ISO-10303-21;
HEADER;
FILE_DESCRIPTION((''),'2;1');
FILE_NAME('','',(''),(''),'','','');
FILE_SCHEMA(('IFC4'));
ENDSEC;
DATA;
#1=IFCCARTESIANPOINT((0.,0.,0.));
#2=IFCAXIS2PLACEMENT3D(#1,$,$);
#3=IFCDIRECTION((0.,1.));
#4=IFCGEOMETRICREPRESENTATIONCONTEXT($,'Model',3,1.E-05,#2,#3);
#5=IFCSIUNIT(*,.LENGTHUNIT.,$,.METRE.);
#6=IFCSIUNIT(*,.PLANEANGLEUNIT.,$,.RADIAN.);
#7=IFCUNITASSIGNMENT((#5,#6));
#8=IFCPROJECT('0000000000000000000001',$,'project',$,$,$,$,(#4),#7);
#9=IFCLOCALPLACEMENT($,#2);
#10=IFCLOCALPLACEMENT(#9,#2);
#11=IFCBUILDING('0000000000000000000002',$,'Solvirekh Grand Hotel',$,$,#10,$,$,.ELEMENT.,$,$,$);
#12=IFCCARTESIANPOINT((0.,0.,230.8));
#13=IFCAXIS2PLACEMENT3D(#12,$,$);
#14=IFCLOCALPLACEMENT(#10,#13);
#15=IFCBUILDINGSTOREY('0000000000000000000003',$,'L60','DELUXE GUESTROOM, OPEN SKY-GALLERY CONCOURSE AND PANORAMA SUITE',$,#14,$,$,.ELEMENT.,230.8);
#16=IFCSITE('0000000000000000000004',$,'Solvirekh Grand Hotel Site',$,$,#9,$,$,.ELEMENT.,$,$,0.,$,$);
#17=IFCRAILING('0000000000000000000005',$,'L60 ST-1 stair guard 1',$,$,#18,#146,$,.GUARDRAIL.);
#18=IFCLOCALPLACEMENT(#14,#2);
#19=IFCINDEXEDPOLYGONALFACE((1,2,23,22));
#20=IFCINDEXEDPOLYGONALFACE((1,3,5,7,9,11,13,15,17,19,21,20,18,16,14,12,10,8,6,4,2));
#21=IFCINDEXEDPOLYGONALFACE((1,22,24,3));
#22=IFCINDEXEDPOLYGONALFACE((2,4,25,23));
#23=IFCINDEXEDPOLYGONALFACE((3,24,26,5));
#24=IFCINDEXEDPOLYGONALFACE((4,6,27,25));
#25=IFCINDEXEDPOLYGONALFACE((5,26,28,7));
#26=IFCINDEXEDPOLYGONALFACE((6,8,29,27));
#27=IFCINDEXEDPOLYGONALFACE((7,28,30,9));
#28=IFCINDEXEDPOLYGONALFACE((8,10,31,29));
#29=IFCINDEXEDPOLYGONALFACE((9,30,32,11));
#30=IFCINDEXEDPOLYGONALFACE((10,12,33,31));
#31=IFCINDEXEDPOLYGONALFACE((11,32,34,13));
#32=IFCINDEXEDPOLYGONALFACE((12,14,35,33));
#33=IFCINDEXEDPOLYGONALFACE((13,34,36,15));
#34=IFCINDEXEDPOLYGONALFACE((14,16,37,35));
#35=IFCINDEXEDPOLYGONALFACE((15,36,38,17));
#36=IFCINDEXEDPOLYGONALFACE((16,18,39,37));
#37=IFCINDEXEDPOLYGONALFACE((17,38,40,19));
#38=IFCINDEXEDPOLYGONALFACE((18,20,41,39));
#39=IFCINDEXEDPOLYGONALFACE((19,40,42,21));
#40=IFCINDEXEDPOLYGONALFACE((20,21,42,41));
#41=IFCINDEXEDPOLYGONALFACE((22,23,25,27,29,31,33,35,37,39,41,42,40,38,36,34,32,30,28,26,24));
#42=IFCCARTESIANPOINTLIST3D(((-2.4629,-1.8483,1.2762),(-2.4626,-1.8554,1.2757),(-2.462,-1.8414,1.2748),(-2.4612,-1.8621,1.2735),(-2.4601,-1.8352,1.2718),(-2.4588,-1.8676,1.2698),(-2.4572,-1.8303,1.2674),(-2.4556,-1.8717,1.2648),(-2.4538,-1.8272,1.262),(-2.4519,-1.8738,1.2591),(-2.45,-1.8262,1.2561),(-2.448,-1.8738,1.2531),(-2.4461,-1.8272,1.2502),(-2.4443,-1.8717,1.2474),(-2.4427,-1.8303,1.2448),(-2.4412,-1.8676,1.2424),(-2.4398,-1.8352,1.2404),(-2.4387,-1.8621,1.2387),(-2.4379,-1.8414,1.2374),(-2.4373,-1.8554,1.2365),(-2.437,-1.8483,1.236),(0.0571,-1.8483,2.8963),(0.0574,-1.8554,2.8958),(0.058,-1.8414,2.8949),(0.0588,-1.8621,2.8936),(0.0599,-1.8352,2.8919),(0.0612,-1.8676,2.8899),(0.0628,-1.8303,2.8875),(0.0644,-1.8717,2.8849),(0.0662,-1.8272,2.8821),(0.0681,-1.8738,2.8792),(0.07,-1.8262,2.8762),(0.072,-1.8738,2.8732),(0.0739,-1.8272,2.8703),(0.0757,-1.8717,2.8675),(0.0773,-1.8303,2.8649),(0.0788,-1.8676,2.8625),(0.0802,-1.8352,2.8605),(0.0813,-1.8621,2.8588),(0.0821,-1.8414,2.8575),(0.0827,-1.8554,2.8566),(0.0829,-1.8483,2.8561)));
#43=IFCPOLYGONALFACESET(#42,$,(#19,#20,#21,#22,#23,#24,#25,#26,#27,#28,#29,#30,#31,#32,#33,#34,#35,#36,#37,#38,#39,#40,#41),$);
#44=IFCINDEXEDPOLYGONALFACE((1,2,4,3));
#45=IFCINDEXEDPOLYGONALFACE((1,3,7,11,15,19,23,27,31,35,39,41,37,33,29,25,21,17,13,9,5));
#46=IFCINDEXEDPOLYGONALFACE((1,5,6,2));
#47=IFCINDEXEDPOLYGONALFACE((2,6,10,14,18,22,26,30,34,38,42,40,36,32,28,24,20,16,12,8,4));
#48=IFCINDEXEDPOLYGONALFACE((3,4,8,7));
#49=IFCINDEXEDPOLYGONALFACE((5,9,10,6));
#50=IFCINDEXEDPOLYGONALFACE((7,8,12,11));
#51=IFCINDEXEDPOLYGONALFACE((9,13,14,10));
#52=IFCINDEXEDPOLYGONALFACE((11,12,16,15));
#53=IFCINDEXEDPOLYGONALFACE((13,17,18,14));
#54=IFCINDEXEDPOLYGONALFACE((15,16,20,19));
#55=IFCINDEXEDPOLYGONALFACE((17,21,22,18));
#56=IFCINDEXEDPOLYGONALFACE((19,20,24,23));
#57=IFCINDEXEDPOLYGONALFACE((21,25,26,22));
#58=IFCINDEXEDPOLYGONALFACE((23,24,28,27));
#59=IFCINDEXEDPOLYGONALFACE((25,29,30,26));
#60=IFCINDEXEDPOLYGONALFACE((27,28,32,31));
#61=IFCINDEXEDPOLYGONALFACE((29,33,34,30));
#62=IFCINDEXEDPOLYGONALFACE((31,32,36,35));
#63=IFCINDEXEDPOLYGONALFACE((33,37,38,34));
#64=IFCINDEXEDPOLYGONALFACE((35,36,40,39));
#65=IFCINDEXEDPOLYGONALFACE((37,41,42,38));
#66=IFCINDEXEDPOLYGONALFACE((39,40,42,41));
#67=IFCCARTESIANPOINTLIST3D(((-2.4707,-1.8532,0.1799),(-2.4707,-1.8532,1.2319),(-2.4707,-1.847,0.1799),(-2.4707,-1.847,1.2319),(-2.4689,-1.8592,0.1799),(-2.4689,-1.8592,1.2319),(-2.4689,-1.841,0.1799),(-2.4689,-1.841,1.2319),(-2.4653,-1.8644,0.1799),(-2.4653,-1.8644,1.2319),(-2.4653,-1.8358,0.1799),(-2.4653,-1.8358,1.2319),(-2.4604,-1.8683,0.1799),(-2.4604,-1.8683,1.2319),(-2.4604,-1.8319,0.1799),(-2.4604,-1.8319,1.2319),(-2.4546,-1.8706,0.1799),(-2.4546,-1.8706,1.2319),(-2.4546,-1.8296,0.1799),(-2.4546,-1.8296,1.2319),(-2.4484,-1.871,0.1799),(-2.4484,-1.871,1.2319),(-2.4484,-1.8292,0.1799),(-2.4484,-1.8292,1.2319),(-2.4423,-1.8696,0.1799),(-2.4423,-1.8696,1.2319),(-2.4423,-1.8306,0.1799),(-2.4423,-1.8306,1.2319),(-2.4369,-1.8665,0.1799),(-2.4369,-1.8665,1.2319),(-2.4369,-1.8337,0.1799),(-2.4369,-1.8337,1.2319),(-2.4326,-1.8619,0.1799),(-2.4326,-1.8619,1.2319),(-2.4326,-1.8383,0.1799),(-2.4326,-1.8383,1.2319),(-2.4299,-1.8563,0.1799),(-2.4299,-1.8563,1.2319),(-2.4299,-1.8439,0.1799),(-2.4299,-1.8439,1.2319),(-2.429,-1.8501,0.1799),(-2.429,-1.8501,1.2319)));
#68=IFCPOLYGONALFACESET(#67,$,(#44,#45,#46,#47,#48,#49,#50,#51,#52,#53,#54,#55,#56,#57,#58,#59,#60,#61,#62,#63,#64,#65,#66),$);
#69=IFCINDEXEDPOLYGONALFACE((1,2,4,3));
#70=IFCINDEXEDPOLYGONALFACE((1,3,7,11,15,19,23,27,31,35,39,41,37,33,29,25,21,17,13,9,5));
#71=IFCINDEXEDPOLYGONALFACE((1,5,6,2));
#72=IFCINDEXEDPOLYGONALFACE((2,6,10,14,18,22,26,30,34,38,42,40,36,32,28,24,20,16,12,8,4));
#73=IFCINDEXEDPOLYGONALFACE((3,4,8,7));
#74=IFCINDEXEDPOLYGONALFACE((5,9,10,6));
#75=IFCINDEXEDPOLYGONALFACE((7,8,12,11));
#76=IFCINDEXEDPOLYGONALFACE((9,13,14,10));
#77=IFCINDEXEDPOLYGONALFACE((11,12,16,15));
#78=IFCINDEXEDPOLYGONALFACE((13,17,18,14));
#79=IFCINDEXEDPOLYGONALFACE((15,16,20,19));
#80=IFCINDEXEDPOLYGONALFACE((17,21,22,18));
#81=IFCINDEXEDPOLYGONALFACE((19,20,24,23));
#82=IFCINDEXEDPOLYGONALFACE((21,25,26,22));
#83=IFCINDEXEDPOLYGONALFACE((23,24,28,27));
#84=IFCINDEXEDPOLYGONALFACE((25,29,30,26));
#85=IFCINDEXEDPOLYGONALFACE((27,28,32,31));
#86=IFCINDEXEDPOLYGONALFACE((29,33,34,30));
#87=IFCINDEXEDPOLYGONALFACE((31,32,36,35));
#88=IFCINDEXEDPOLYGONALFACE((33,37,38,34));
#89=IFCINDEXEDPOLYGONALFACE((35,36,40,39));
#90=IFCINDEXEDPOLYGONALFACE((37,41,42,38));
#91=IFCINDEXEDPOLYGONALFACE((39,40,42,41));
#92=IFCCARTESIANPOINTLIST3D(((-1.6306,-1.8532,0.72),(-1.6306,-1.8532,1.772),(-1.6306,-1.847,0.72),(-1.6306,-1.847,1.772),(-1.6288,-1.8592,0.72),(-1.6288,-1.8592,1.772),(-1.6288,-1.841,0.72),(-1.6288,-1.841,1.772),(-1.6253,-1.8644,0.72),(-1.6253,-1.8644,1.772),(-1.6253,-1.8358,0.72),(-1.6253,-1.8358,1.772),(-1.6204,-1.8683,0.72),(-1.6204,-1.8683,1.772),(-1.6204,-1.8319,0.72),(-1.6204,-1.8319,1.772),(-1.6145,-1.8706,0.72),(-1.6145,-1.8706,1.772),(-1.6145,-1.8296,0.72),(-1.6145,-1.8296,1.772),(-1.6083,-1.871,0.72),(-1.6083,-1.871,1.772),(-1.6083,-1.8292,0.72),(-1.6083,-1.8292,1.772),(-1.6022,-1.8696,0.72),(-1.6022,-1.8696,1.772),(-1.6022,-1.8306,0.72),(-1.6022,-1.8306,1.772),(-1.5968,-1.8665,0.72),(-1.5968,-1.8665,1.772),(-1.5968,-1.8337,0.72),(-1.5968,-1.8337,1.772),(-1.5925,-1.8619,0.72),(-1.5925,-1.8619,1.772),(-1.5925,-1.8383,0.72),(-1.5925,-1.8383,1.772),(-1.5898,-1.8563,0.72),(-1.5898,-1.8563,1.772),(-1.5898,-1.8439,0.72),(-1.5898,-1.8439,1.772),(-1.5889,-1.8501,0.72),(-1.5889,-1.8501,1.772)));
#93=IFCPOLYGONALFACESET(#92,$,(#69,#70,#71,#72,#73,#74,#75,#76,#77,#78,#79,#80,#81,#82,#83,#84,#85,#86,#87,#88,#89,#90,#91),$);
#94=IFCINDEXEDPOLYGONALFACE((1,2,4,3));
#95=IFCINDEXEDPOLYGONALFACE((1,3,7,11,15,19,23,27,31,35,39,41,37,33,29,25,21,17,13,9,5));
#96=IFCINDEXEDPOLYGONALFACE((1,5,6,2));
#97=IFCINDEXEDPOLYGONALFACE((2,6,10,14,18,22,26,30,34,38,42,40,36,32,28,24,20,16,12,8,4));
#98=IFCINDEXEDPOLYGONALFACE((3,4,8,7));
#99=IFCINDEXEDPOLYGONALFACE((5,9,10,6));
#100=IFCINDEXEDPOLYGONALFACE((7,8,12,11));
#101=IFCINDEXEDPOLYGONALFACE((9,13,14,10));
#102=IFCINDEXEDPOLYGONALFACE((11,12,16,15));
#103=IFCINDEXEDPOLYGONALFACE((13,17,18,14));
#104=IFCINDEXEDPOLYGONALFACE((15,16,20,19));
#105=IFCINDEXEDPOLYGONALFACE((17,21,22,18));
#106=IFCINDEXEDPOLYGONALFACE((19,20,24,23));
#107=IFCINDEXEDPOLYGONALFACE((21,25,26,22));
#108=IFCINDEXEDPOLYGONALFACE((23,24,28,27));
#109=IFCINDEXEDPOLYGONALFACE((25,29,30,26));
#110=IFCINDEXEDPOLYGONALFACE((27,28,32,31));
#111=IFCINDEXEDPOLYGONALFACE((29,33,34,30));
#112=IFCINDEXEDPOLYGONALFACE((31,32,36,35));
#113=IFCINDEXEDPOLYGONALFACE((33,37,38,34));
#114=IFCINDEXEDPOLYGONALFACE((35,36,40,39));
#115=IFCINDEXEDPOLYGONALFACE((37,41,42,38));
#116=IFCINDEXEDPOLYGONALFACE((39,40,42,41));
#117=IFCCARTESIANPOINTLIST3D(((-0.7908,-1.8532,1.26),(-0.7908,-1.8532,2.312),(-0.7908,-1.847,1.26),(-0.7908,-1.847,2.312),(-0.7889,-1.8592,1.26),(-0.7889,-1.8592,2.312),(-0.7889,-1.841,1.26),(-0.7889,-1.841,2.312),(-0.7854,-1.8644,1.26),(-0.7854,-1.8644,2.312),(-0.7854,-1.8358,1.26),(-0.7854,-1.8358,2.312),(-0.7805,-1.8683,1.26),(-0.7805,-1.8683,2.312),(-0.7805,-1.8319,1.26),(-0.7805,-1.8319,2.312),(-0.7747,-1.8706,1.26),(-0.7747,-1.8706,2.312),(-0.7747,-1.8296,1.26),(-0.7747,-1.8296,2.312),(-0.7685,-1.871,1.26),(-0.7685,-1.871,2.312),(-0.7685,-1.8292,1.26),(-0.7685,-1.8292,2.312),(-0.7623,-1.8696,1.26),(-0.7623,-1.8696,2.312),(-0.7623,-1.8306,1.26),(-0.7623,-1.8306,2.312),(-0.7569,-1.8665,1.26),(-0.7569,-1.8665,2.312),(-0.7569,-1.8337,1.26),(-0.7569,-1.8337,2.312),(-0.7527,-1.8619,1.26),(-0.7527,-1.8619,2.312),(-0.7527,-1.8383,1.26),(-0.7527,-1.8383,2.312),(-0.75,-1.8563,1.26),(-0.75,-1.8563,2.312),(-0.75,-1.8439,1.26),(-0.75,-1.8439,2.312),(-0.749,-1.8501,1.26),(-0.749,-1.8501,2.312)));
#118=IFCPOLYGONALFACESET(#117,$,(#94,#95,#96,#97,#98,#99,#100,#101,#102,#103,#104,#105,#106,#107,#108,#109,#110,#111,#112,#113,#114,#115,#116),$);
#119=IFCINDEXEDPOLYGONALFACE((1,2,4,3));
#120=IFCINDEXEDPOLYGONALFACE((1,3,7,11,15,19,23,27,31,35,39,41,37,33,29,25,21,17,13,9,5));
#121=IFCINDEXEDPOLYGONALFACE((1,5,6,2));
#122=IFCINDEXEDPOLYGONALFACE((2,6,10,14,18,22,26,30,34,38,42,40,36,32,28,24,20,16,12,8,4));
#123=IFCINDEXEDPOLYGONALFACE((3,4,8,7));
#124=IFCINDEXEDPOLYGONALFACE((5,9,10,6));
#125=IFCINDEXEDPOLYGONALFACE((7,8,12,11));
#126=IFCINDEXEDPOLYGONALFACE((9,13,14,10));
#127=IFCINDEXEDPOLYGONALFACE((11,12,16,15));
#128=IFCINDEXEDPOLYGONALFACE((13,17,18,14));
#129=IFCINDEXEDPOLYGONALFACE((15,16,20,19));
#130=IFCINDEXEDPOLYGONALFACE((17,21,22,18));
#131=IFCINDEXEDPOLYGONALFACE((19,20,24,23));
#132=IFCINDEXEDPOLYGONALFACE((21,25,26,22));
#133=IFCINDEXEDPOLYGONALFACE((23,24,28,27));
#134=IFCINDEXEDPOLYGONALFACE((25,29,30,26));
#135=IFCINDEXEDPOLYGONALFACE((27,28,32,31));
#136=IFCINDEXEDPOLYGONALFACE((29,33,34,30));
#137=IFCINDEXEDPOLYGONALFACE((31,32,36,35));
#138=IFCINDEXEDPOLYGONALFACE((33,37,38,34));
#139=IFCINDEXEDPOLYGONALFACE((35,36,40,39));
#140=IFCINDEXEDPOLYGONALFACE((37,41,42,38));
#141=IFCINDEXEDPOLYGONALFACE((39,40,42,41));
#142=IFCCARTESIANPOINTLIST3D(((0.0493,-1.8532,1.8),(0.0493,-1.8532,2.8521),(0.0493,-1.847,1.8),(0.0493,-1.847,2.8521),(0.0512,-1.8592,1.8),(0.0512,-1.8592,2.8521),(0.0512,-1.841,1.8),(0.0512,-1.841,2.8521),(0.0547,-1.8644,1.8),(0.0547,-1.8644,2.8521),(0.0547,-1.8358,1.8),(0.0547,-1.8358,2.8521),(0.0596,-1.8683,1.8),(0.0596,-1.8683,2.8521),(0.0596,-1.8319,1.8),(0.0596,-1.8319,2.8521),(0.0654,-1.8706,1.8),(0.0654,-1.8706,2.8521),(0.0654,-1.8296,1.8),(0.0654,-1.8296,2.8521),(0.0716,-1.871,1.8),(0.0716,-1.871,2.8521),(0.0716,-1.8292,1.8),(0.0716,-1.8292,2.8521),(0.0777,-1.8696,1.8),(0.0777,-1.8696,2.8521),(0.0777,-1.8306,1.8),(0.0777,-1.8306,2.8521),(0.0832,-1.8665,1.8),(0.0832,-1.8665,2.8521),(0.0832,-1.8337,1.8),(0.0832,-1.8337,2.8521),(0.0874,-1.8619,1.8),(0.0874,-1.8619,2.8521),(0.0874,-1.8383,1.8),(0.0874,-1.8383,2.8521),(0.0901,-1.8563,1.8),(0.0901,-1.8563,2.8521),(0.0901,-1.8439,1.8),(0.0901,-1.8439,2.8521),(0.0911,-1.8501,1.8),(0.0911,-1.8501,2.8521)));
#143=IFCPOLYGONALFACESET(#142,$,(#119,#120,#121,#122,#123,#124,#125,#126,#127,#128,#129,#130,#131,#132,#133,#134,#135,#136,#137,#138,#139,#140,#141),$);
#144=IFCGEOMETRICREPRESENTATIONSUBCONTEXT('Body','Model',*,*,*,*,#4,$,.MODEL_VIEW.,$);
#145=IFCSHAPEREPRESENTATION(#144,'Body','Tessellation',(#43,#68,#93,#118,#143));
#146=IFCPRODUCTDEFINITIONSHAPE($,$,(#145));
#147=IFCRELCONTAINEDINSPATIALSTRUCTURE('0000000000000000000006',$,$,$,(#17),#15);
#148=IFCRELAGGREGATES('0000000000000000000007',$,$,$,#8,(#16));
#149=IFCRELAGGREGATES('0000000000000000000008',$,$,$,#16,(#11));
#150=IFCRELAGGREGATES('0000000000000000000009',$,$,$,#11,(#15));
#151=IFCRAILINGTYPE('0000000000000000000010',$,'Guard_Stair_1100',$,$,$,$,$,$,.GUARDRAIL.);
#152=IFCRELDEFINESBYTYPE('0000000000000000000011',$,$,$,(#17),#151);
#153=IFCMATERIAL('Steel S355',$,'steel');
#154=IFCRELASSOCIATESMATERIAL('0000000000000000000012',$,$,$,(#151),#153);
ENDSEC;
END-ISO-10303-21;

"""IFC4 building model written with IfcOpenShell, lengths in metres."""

from ifc_helpers import new_model, si_unit, direction, frame, origin, origin_2d, place, context, subcontext, project, spatial, circle, extrude, material, type_object, element, save


model = new_model("IFC4")

# Units and contexts
model_context = context("Model", 3, precision=1e-05, world=origin(), true_north=direction((0.0, 1.0)))
body_context = subcontext(model_context, "Body", "Model", "MODEL_VIEW")
ifc_project = project(units=[si_unit("LENGTHUNIT", "METRE"), si_unit("PLANEANGLEUNIT", "RADIAN")], contexts=[model_context])

# Site, building, storey
site_placement = place(None, origin())
site = spatial("IfcSite", under=ifc_project, at=site_placement, Name="Solvirekh Grand Hotel Site", CompositionType="ELEMENT", RefElevation=0.0)
building_placement = place(site_placement, origin())
building = spatial("IfcBuilding", under=site, at=building_placement, Name="Solvirekh Grand Hotel", CompositionType="ELEMENT")
storey_placement = place(building_placement, frame((0.0, 0.0, 230.8)))
storey = spatial("IfcBuildingStorey", under=building, at=storey_placement, Name="L60", Description="DELUXE GUESTROOM, OPEN SKY-GALLERY CONCOURSE AND PANORAMA SUITE", CompositionType="ELEMENT", Elevation=230.8)

# Railing
ifc_material_1 = material(Name="Steel S355", Category="steel")
railing_type_1 = type_object("IfcRailingType", Name="Guard_Stair_1100", PredefinedType="GUARDRAIL", material=ifc_material_1)
railing_1_placement = place(storey_placement, frame((-2.45, -1.8501, 0.1799)))
element("IfcRailing", 1, at=railing_1_placement, inside=storey, type_object=railing_type_1, Name="L60 ST-1 stair guard 1", PredefinedType="GUARDRAIL", context=body_context, shape_type="SweptSolid", body=[
    extrude(circle(Radius=0.0239, at=origin_2d()), frame((0.0, 0.0, 1.0762), z_axis=(0.841163, 0.0, 0.540782), x_axis=(0.0, 1.0, 0.0)), (0.0, 0.0, 1.0), 2.9958),
    extrude(circle(Radius=0.021, at=origin_2d()), origin(), (0.0, 0.0, 1.0), 1.052),
    extrude(circle(Radius=0.021, at=origin_2d()), frame((0.8401, 0.0, 0.54)), (0.0, 0.0, 1.0), 1.052),
    extrude(circle(Radius=0.021, at=origin_2d()), frame((1.6799, 0.0, 1.0801)), (0.0, 0.0, 1.0), 1.052),
    extrude(circle(Radius=0.021, at=origin_2d()), frame((2.52, 0.0, 1.6201)), (0.0, 0.0, 1.0), 1.052),
])

save(model, "model.ifc")
